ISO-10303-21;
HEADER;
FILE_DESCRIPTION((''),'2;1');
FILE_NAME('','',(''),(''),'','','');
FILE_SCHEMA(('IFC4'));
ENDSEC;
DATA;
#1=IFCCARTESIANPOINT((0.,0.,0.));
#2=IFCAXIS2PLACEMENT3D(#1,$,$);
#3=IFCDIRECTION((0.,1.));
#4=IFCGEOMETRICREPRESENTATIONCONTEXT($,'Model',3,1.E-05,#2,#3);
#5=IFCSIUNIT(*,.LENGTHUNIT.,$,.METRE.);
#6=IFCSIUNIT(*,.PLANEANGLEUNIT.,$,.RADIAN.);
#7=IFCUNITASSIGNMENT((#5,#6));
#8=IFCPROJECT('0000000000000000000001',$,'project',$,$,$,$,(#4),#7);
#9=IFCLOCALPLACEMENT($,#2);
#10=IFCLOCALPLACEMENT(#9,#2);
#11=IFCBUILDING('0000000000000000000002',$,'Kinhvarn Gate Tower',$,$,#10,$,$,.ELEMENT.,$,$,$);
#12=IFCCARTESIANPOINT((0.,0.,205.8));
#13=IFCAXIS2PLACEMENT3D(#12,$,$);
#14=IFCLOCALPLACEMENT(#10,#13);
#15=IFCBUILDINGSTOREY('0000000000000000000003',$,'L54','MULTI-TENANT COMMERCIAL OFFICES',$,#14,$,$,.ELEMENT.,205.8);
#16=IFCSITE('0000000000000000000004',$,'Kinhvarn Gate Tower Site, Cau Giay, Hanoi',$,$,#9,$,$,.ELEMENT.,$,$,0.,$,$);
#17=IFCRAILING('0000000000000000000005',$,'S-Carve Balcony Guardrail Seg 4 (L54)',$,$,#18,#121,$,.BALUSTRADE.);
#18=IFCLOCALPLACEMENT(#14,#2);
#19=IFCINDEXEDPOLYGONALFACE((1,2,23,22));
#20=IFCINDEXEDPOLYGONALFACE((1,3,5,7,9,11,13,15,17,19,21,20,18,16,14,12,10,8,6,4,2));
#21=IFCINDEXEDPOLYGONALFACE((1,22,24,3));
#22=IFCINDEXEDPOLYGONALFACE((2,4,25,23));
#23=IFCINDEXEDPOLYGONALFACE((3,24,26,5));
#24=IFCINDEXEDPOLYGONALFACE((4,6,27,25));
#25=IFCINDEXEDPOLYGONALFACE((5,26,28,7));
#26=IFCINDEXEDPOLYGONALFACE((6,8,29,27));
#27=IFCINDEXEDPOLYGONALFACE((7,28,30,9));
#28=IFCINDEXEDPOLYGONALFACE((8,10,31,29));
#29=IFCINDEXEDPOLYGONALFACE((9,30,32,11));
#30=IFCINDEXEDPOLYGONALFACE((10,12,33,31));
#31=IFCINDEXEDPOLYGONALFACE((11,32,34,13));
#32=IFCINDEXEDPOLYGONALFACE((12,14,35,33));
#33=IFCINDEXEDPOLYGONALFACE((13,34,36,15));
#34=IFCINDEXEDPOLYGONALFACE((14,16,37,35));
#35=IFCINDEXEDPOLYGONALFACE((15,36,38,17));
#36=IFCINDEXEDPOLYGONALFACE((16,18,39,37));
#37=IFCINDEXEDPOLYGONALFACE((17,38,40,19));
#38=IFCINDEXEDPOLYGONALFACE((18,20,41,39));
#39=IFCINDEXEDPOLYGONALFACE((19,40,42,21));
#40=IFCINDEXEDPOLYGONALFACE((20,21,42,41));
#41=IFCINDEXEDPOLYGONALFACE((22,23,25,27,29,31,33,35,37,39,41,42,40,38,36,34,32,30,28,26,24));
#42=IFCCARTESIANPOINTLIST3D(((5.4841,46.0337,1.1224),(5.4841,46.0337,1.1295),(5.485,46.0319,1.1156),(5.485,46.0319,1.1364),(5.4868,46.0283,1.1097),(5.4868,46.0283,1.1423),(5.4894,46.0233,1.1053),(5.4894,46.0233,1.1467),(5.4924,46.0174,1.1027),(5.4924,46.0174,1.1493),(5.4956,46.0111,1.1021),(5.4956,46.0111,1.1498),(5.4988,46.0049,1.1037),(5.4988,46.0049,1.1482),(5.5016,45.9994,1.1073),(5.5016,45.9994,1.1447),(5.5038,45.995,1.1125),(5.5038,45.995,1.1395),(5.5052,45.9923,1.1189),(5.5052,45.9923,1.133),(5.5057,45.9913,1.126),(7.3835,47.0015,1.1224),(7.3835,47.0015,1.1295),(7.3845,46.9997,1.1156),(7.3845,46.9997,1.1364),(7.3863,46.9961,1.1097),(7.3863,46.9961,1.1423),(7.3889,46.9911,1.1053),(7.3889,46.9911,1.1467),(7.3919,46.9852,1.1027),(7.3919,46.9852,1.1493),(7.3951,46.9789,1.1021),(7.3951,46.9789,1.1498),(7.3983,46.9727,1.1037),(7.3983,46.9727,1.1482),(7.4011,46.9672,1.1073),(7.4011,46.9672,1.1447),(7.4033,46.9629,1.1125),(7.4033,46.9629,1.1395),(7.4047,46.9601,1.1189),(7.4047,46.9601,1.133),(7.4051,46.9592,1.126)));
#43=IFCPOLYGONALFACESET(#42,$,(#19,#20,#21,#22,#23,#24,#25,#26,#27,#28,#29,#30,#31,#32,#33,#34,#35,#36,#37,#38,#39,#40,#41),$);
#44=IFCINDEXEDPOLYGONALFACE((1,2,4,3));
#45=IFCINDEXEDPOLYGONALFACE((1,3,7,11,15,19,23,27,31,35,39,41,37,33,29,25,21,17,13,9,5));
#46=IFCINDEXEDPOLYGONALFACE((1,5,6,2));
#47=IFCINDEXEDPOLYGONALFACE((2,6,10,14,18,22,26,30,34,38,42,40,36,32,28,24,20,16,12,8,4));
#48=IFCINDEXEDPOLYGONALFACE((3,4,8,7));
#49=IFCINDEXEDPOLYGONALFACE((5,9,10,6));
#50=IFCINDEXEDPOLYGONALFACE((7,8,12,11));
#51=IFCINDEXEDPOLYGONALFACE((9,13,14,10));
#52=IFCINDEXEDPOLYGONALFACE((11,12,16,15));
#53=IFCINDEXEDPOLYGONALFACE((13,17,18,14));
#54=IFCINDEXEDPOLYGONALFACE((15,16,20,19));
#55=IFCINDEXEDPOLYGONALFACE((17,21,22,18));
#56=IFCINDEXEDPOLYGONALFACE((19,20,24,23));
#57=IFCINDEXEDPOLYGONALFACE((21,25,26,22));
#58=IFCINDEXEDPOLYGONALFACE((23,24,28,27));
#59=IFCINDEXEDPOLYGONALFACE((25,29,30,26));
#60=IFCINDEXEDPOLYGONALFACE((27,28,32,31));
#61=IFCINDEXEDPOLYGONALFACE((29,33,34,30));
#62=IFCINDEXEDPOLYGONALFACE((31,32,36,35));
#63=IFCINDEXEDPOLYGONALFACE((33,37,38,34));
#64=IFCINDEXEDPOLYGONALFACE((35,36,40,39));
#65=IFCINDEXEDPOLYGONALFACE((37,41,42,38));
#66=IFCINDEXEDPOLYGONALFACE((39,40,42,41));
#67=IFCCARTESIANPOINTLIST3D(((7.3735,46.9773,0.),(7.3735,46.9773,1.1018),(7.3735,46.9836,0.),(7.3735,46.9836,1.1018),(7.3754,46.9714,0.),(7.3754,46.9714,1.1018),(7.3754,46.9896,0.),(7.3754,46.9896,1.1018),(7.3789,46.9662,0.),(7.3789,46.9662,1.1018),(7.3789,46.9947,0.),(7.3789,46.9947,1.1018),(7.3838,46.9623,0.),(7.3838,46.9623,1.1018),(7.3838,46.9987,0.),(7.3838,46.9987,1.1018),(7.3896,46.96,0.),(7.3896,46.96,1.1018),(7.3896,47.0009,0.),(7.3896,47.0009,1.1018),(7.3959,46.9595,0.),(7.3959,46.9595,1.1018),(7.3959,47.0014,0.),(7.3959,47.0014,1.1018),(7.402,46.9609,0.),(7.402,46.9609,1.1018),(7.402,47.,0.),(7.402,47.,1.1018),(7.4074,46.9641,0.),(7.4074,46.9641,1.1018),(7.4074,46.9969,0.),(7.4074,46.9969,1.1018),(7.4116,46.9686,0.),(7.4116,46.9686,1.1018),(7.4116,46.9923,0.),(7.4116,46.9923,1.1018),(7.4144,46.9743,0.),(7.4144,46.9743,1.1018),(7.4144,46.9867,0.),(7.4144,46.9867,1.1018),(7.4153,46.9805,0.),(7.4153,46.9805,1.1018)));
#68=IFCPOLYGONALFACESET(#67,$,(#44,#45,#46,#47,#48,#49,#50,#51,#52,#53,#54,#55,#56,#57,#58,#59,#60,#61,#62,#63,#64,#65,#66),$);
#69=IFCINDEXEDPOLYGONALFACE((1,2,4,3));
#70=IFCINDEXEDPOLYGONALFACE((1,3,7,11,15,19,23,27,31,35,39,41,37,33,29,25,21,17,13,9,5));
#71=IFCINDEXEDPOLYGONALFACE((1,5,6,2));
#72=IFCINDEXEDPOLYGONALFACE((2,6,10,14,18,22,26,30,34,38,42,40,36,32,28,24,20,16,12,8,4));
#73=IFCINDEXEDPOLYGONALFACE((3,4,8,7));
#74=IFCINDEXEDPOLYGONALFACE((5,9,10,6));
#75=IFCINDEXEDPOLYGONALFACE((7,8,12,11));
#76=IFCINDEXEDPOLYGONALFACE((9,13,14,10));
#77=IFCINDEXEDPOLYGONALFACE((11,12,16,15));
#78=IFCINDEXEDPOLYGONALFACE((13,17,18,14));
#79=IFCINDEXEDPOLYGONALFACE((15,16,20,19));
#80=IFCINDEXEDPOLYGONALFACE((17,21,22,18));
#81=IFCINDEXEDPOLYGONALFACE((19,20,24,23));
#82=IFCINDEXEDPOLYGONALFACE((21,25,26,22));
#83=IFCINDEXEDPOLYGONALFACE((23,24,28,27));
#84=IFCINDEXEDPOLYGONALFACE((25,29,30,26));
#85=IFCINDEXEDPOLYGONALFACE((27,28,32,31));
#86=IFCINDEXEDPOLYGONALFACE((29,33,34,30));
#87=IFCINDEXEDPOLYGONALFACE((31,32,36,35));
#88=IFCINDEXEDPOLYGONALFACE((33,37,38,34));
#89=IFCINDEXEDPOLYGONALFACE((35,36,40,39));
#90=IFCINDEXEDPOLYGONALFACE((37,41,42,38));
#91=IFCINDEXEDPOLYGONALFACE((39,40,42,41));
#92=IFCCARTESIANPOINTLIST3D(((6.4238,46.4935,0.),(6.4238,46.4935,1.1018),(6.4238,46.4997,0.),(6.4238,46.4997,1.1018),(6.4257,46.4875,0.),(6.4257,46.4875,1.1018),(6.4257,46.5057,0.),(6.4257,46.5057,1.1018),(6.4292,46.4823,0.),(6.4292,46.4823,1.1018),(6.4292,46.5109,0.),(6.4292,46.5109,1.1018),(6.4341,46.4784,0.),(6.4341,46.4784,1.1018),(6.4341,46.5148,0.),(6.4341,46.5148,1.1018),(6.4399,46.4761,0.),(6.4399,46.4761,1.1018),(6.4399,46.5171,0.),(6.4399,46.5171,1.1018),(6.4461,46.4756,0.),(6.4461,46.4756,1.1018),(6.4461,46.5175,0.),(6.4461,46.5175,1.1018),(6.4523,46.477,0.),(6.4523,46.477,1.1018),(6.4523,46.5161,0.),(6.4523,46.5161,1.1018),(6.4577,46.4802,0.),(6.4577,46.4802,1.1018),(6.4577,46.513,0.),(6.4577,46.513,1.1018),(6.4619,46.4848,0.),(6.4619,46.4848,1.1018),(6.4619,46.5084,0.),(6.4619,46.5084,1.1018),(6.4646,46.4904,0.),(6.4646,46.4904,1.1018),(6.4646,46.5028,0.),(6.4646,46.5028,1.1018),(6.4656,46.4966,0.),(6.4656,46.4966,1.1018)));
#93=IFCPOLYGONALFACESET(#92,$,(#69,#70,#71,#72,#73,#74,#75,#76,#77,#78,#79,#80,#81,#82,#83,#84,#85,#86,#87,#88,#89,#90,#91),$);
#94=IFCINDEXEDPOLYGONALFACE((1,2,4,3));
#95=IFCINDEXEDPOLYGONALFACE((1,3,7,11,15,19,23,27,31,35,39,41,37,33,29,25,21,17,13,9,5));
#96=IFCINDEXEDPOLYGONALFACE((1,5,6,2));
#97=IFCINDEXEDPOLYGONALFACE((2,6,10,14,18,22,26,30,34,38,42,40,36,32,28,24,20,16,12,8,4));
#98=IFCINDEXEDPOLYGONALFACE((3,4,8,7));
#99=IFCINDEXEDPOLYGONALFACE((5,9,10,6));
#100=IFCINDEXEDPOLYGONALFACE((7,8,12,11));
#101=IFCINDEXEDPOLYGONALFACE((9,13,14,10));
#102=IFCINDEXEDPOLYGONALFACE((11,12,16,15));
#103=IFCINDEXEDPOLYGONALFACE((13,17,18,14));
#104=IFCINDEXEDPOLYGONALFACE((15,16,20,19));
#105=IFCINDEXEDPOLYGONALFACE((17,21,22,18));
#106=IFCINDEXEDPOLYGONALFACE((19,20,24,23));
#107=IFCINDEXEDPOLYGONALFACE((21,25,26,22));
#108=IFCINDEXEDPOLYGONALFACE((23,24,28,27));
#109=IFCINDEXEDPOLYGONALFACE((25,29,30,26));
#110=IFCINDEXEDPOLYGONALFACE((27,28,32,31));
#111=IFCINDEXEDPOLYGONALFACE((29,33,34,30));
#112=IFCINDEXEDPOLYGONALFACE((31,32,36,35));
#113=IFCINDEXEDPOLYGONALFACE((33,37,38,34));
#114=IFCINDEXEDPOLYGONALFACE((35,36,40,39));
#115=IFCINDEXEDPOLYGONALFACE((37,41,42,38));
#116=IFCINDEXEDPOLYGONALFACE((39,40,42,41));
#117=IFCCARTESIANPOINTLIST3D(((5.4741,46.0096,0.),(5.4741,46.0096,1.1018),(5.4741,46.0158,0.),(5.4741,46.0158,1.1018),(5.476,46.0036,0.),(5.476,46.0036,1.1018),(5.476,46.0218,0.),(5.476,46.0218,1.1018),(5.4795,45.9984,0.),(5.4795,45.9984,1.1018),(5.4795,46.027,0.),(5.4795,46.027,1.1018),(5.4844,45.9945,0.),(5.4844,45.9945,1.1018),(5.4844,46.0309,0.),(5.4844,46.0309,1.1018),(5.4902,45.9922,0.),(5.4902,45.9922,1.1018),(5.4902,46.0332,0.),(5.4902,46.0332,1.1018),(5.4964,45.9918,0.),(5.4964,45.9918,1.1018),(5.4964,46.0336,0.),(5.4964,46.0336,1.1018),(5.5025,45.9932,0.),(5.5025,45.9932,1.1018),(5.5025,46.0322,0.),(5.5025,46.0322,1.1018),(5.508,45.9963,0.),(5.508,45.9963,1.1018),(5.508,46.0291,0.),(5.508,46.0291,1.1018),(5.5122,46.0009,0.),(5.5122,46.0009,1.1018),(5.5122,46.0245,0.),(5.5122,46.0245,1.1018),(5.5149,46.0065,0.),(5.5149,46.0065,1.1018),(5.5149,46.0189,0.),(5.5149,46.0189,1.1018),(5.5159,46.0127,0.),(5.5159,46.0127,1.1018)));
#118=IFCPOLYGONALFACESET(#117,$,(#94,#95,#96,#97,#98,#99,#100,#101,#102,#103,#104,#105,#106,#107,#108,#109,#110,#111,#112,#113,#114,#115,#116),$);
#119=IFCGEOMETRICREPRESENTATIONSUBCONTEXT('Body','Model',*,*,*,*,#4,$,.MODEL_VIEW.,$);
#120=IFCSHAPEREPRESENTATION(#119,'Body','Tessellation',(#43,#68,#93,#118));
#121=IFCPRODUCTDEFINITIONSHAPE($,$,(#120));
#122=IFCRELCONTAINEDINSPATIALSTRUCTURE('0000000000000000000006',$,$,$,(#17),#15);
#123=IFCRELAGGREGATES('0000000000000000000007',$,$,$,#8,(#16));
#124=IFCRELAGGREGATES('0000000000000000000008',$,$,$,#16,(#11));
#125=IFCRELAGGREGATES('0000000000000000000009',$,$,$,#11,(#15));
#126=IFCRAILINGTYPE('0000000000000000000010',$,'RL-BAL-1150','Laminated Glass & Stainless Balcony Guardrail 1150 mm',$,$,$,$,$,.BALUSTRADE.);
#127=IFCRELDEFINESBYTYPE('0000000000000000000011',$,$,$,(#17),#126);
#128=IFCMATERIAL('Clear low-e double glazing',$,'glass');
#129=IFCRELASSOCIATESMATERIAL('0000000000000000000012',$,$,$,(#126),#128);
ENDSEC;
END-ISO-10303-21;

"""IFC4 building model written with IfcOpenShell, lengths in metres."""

from ifc_helpers import new_model, si_unit, direction, frame, origin, origin_2d, place, context, subcontext, project, spatial, circle, extrude, material, type_object, element, save


model = new_model("IFC4")

# Units and contexts
model_context = context("Model", 3, precision=1e-05, world=origin(), true_north=direction((0.0, 1.0)))
body_context = subcontext(model_context, "Body", "Model", "MODEL_VIEW")
ifc_project = project(units=[si_unit("LENGTHUNIT", "METRE"), si_unit("PLANEANGLEUNIT", "RADIAN")], contexts=[model_context])

# Site, building, storey
site_placement = place(None, origin())
site = spatial("IfcSite", under=ifc_project, at=site_placement, Name="Kinhvarn Gate Tower Site, Cau Giay, Hanoi", CompositionType="ELEMENT", RefElevation=0.0)
building_placement = place(site_placement, origin())
building = spatial("IfcBuilding", under=site, at=building_placement, Name="Kinhvarn Gate Tower", CompositionType="ELEMENT")
storey_placement = place(building_placement, frame((0.0, 0.0, 205.8)))
storey = spatial("IfcBuildingStorey", under=building, at=storey_placement, Name="L54", Description="MULTI-TENANT COMMERCIAL OFFICES", CompositionType="ELEMENT", Elevation=205.8)

# Shared definitions
ifc_material_1 = material(Name="Clear low-e double glazing", Category="glass")

# Railing
railing_type = type_object("IfcRailingType", Name="RL-BAL-1150", Description="Laminated Glass & Stainless Balcony Guardrail 1150 mm", PredefinedType="BALUSTRADE", material=ifc_material_1)
railing_1_placement = place(storey_placement, frame((7.3943, 46.9805, 0.0)))
element("IfcRailing", 1, at=railing_1_placement, inside=storey, type_object=railing_type, Name="S-Carve Balcony Guardrail Seg 4 (L54)", PredefinedType="BALUSTRADE", context=body_context, shape_type="SweptSolid", body=[
    extrude(circle(Radius=0.0239, at=origin_2d()), frame((0.0, 0.0, 1.126), z_axis=(-0.891012, -0.453981, 0.0), x_axis=(0.453981, -0.891012, 0.0)), (0.0, 0.0, 1.0), 2.1318),
    extrude(circle(Radius=0.021, at=origin_2d()), origin(), (0.0, 0.0, 1.0), 1.1018),
    extrude(circle(Radius=0.021, at=origin_2d()), frame((-0.9497, -0.4839, 0.0)), (0.0, 0.0, 1.0), 1.1018),
    extrude(circle(Radius=0.021, at=origin_2d()), frame((-1.8994, -0.9678, 0.0)), (0.0, 0.0, 1.0), 1.1018),
])

save(model, "model.ifc")
